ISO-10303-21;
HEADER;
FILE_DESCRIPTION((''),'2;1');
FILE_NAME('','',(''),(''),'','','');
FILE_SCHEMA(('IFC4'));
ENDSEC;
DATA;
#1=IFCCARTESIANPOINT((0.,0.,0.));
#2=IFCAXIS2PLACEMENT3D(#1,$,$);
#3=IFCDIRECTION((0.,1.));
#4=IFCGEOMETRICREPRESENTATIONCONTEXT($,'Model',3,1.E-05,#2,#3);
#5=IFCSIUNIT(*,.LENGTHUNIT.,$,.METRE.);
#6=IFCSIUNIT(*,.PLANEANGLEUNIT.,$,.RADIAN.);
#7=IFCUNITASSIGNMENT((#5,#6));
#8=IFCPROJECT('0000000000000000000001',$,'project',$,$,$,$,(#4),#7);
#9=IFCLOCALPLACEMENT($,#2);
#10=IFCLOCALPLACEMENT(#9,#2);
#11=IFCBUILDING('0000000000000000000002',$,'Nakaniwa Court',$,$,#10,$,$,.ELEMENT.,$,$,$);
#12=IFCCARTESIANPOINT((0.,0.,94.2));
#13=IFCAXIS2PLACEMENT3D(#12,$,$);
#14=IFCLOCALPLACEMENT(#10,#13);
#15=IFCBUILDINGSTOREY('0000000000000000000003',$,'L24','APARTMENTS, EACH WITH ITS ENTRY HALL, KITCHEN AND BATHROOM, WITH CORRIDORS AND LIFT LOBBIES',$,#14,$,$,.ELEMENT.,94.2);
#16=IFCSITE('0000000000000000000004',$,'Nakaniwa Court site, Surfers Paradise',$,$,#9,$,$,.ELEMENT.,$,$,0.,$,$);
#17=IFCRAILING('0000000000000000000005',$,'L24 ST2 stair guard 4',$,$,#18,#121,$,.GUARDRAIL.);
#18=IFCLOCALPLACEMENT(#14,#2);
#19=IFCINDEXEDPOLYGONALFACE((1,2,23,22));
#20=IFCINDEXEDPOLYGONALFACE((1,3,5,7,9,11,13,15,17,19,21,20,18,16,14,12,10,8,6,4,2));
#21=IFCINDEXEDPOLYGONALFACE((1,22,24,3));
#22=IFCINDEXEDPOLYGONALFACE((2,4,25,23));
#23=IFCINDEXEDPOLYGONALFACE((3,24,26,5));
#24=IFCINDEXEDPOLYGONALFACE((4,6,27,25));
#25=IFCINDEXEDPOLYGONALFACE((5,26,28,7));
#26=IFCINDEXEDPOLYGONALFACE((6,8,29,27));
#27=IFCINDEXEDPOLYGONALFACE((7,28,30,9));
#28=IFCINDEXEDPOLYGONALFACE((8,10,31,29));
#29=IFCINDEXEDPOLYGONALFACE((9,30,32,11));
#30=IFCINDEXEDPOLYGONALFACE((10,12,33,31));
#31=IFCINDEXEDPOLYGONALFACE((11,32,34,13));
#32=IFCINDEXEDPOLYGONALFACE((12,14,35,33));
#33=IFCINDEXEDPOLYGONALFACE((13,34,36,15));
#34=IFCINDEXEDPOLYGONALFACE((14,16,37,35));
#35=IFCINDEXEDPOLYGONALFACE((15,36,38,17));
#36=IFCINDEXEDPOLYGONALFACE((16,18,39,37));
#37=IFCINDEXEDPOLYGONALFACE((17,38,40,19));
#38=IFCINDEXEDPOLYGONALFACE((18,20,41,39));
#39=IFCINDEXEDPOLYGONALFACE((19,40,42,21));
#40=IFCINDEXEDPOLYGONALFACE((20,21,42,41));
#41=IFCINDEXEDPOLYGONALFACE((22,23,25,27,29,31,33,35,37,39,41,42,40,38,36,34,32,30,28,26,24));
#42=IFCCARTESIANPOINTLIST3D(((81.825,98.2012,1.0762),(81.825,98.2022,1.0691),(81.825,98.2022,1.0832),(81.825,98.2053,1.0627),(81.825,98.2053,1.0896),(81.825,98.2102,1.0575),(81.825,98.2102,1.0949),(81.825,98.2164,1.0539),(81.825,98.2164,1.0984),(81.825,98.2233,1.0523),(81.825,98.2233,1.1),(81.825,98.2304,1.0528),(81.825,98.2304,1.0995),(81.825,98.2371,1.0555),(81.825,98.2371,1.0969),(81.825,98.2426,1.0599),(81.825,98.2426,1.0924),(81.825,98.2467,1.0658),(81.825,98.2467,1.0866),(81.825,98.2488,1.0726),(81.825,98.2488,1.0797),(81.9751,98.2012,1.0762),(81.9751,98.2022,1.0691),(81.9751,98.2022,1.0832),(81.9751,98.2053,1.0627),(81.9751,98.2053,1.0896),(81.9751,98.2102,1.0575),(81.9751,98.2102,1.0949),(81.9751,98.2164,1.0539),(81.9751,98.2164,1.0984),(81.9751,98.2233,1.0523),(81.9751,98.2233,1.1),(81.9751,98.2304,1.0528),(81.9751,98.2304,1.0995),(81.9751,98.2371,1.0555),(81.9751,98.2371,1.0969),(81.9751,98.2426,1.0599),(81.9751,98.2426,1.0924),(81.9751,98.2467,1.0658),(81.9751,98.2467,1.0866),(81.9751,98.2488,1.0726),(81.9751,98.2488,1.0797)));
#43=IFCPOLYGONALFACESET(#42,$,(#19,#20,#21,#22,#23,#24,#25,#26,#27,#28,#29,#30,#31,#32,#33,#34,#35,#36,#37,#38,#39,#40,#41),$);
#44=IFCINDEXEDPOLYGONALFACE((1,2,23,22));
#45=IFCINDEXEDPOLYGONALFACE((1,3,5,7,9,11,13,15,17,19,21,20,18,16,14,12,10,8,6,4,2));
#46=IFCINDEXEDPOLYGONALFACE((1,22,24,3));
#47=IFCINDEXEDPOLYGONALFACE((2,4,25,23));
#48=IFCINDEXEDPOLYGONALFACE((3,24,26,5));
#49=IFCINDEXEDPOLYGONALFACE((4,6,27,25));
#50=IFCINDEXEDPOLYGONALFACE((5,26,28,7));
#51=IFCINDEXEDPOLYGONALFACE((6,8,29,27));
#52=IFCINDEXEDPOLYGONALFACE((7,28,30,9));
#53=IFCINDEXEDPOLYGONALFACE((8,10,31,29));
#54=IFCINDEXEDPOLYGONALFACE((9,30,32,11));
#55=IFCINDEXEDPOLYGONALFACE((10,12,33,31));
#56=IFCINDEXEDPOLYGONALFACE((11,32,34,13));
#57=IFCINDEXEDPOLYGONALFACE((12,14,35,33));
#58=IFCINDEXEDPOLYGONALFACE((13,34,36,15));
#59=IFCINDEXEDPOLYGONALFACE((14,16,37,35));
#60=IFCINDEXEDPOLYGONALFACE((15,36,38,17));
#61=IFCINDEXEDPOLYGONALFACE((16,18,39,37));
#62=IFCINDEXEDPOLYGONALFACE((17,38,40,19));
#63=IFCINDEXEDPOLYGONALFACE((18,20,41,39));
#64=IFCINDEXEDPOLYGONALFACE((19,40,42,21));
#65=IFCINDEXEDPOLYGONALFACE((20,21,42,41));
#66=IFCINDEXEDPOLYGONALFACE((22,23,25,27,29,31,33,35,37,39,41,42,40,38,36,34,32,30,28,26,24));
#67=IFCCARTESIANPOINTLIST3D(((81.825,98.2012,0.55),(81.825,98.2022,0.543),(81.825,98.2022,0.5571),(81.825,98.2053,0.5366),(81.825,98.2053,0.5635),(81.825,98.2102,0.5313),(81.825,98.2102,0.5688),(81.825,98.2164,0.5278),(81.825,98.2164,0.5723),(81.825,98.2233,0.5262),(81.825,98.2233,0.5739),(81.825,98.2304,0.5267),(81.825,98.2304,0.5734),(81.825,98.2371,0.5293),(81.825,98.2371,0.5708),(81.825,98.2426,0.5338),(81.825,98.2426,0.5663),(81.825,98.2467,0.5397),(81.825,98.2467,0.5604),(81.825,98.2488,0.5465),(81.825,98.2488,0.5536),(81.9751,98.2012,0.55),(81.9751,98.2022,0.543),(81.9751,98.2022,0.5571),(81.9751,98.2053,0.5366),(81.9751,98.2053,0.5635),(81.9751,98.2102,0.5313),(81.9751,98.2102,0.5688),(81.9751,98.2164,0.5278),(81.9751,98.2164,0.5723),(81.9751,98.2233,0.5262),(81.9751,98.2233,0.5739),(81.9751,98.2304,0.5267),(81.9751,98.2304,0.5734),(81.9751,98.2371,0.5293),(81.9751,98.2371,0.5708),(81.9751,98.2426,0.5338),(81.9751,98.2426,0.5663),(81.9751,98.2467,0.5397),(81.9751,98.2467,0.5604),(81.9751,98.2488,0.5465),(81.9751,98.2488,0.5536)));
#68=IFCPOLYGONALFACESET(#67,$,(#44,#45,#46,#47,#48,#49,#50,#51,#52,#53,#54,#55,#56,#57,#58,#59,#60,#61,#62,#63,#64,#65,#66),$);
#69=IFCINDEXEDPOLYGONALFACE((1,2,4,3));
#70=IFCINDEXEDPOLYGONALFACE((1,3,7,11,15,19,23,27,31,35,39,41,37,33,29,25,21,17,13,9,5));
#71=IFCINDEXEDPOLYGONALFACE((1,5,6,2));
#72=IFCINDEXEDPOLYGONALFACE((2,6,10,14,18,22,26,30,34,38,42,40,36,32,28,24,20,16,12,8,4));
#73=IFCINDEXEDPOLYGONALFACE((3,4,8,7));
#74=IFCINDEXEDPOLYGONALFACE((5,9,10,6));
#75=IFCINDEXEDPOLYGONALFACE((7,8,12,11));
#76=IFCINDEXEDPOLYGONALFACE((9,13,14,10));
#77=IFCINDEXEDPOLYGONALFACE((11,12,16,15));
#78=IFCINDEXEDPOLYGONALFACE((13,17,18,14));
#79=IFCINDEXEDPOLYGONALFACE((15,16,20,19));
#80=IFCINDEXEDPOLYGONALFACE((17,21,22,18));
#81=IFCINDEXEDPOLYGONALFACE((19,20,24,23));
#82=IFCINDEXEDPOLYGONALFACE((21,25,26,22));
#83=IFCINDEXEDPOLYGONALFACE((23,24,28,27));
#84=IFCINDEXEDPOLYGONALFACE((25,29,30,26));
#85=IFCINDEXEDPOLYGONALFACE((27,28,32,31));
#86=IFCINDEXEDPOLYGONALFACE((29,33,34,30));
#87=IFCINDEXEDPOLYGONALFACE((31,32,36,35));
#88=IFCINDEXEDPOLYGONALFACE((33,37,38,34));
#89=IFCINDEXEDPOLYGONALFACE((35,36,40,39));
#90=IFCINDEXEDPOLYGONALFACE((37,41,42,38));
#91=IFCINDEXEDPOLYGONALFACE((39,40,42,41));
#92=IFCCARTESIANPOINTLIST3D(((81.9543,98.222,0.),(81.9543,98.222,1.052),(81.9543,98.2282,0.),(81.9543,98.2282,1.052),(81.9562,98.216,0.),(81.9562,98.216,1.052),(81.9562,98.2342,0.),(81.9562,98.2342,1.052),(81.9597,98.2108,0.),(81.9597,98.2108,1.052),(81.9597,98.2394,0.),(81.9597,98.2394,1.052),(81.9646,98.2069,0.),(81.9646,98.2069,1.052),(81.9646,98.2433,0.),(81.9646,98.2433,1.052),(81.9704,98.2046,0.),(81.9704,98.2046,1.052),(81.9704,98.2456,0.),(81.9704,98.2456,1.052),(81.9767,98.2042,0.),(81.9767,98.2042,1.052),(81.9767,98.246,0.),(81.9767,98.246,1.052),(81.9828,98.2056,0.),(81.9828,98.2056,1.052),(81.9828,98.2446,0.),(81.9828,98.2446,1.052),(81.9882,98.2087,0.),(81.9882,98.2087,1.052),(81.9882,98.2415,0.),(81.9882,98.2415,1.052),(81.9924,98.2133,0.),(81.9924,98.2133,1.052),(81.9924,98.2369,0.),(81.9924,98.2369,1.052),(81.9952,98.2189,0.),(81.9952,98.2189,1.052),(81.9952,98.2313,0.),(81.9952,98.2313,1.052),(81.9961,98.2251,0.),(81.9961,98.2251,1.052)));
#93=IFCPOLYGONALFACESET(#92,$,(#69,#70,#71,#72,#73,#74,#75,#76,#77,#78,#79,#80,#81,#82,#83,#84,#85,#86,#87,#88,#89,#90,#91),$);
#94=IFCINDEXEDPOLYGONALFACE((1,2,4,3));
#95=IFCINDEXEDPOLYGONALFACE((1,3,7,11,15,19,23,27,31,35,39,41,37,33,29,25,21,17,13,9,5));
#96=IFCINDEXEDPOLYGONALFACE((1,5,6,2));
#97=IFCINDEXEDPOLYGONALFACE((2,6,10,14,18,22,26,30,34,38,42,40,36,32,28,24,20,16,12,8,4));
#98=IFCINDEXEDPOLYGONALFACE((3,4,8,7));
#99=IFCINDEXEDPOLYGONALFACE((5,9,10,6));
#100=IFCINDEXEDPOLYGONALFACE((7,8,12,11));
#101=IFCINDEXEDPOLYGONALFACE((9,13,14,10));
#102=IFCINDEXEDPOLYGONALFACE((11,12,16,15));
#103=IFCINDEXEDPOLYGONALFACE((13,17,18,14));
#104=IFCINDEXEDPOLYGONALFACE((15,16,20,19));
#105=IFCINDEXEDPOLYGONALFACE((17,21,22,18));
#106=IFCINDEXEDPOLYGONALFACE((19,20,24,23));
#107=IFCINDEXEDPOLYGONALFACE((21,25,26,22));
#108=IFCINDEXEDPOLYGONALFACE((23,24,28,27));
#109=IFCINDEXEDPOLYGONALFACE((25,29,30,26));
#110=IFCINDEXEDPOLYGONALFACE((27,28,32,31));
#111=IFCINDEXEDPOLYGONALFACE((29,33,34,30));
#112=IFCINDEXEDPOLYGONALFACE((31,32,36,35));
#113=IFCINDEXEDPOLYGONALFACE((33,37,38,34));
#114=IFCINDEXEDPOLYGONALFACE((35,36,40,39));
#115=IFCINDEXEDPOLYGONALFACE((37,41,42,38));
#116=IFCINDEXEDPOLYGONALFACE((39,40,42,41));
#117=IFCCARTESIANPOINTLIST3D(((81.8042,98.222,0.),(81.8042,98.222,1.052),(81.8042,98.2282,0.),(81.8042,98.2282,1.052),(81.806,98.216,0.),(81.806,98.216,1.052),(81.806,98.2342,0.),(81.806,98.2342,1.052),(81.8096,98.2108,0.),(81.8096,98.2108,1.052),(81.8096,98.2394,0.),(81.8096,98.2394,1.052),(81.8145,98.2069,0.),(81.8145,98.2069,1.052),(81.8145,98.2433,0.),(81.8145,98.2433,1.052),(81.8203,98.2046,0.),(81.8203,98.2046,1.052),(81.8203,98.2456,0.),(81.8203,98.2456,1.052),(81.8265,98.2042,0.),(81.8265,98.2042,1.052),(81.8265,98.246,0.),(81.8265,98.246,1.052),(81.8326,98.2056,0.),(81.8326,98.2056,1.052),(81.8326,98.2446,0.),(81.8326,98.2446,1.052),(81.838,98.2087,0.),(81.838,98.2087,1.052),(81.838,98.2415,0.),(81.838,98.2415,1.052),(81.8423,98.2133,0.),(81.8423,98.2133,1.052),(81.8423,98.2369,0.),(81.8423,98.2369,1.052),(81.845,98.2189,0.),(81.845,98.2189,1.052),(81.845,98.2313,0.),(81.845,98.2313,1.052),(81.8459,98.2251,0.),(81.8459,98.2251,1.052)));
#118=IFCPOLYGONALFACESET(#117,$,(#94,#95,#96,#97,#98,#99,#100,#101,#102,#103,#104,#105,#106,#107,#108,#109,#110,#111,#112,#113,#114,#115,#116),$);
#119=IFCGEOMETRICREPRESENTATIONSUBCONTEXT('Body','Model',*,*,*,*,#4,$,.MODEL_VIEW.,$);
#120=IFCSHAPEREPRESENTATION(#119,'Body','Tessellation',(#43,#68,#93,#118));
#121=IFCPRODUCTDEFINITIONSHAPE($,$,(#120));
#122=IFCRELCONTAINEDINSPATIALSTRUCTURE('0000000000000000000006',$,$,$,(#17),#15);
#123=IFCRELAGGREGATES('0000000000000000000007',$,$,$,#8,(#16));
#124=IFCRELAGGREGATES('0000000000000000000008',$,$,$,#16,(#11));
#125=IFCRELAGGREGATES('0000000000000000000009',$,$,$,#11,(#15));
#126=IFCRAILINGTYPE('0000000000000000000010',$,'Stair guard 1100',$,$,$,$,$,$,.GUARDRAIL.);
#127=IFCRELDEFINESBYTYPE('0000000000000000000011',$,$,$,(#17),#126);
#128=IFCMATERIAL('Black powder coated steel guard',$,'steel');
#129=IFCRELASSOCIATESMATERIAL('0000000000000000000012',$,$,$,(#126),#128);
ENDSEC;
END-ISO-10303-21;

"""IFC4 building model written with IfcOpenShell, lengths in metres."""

from ifc_helpers import new_model, si_unit, direction, frame, origin, origin_2d, place, context, subcontext, project, spatial, circle, extrude, material, type_object, element, save


model = new_model("IFC4")

# Units and contexts
model_context = context("Model", 3, precision=1e-05, world=origin(), true_north=direction((0.0, 1.0)))
body_context = subcontext(model_context, "Body", "Model", "MODEL_VIEW")
ifc_project = project(units=[si_unit("LENGTHUNIT", "METRE"), si_unit("PLANEANGLEUNIT", "RADIAN")], contexts=[model_context])

# Site, building, storey
site_placement = place(None, origin())
site = spatial("IfcSite", under=ifc_project, at=site_placement, Name="Nakaniwa Court site, Surfers Paradise", CompositionType="ELEMENT", RefElevation=0.0)
building_placement = place(site_placement, origin())
building = spatial("IfcBuilding", under=site, at=building_placement, Name="Nakaniwa Court", CompositionType="ELEMENT")
storey_placement = place(building_placement, frame((0.0, 0.0, 94.2)))
storey = spatial("IfcBuildingStorey", under=building, at=storey_placement, Name="L24", Description="APARTMENTS, EACH WITH ITS ENTRY HALL, KITCHEN AND BATHROOM, WITH CORRIDORS AND LIFT LOBBIES", CompositionType="ELEMENT", Elevation=94.2)

# Railing
ifc_material_1 = material(Name="Black powder coated steel guard", Category="steel")
railing_type_1 = type_object("IfcRailingType", Name="Stair guard 1100", PredefinedType="GUARDRAIL", material=ifc_material_1)
railing_1_placement = place(storey_placement, frame((81.9751, 98.2251, 0.0)))
element("IfcRailing", 1, at=railing_1_placement, inside=storey, type_object=railing_type_1, Name="L24 ST2 stair guard 4", PredefinedType="GUARDRAIL", context=body_context, shape_type="SweptSolid", body=[
    extrude(circle(Radius=0.0239, at=origin_2d()), frame((0.0, 0.0, 1.0762), z_axis=(-1.0, 0.0, 0.0), x_axis=(0.0, -1.0, 0.0)), (0.0, 0.0, 1.0), 0.1501),
    extrude(circle(Radius=0.0239, at=origin_2d()), frame((0.0, 0.0, 0.55), z_axis=(-1.0, 0.0, 0.0), x_axis=(0.0, -1.0, 0.0)), (0.0, 0.0, 1.0), 0.1501),
    extrude(circle(Radius=0.021, at=origin_2d()), origin(), (0.0, 0.0, 1.0), 1.052),
    extrude(circle(Radius=0.021, at=origin_2d()), frame((-0.1501, 0.0, 0.0)), (0.0, 0.0, 1.0), 1.052),
])

save(model, "model.ifc")
